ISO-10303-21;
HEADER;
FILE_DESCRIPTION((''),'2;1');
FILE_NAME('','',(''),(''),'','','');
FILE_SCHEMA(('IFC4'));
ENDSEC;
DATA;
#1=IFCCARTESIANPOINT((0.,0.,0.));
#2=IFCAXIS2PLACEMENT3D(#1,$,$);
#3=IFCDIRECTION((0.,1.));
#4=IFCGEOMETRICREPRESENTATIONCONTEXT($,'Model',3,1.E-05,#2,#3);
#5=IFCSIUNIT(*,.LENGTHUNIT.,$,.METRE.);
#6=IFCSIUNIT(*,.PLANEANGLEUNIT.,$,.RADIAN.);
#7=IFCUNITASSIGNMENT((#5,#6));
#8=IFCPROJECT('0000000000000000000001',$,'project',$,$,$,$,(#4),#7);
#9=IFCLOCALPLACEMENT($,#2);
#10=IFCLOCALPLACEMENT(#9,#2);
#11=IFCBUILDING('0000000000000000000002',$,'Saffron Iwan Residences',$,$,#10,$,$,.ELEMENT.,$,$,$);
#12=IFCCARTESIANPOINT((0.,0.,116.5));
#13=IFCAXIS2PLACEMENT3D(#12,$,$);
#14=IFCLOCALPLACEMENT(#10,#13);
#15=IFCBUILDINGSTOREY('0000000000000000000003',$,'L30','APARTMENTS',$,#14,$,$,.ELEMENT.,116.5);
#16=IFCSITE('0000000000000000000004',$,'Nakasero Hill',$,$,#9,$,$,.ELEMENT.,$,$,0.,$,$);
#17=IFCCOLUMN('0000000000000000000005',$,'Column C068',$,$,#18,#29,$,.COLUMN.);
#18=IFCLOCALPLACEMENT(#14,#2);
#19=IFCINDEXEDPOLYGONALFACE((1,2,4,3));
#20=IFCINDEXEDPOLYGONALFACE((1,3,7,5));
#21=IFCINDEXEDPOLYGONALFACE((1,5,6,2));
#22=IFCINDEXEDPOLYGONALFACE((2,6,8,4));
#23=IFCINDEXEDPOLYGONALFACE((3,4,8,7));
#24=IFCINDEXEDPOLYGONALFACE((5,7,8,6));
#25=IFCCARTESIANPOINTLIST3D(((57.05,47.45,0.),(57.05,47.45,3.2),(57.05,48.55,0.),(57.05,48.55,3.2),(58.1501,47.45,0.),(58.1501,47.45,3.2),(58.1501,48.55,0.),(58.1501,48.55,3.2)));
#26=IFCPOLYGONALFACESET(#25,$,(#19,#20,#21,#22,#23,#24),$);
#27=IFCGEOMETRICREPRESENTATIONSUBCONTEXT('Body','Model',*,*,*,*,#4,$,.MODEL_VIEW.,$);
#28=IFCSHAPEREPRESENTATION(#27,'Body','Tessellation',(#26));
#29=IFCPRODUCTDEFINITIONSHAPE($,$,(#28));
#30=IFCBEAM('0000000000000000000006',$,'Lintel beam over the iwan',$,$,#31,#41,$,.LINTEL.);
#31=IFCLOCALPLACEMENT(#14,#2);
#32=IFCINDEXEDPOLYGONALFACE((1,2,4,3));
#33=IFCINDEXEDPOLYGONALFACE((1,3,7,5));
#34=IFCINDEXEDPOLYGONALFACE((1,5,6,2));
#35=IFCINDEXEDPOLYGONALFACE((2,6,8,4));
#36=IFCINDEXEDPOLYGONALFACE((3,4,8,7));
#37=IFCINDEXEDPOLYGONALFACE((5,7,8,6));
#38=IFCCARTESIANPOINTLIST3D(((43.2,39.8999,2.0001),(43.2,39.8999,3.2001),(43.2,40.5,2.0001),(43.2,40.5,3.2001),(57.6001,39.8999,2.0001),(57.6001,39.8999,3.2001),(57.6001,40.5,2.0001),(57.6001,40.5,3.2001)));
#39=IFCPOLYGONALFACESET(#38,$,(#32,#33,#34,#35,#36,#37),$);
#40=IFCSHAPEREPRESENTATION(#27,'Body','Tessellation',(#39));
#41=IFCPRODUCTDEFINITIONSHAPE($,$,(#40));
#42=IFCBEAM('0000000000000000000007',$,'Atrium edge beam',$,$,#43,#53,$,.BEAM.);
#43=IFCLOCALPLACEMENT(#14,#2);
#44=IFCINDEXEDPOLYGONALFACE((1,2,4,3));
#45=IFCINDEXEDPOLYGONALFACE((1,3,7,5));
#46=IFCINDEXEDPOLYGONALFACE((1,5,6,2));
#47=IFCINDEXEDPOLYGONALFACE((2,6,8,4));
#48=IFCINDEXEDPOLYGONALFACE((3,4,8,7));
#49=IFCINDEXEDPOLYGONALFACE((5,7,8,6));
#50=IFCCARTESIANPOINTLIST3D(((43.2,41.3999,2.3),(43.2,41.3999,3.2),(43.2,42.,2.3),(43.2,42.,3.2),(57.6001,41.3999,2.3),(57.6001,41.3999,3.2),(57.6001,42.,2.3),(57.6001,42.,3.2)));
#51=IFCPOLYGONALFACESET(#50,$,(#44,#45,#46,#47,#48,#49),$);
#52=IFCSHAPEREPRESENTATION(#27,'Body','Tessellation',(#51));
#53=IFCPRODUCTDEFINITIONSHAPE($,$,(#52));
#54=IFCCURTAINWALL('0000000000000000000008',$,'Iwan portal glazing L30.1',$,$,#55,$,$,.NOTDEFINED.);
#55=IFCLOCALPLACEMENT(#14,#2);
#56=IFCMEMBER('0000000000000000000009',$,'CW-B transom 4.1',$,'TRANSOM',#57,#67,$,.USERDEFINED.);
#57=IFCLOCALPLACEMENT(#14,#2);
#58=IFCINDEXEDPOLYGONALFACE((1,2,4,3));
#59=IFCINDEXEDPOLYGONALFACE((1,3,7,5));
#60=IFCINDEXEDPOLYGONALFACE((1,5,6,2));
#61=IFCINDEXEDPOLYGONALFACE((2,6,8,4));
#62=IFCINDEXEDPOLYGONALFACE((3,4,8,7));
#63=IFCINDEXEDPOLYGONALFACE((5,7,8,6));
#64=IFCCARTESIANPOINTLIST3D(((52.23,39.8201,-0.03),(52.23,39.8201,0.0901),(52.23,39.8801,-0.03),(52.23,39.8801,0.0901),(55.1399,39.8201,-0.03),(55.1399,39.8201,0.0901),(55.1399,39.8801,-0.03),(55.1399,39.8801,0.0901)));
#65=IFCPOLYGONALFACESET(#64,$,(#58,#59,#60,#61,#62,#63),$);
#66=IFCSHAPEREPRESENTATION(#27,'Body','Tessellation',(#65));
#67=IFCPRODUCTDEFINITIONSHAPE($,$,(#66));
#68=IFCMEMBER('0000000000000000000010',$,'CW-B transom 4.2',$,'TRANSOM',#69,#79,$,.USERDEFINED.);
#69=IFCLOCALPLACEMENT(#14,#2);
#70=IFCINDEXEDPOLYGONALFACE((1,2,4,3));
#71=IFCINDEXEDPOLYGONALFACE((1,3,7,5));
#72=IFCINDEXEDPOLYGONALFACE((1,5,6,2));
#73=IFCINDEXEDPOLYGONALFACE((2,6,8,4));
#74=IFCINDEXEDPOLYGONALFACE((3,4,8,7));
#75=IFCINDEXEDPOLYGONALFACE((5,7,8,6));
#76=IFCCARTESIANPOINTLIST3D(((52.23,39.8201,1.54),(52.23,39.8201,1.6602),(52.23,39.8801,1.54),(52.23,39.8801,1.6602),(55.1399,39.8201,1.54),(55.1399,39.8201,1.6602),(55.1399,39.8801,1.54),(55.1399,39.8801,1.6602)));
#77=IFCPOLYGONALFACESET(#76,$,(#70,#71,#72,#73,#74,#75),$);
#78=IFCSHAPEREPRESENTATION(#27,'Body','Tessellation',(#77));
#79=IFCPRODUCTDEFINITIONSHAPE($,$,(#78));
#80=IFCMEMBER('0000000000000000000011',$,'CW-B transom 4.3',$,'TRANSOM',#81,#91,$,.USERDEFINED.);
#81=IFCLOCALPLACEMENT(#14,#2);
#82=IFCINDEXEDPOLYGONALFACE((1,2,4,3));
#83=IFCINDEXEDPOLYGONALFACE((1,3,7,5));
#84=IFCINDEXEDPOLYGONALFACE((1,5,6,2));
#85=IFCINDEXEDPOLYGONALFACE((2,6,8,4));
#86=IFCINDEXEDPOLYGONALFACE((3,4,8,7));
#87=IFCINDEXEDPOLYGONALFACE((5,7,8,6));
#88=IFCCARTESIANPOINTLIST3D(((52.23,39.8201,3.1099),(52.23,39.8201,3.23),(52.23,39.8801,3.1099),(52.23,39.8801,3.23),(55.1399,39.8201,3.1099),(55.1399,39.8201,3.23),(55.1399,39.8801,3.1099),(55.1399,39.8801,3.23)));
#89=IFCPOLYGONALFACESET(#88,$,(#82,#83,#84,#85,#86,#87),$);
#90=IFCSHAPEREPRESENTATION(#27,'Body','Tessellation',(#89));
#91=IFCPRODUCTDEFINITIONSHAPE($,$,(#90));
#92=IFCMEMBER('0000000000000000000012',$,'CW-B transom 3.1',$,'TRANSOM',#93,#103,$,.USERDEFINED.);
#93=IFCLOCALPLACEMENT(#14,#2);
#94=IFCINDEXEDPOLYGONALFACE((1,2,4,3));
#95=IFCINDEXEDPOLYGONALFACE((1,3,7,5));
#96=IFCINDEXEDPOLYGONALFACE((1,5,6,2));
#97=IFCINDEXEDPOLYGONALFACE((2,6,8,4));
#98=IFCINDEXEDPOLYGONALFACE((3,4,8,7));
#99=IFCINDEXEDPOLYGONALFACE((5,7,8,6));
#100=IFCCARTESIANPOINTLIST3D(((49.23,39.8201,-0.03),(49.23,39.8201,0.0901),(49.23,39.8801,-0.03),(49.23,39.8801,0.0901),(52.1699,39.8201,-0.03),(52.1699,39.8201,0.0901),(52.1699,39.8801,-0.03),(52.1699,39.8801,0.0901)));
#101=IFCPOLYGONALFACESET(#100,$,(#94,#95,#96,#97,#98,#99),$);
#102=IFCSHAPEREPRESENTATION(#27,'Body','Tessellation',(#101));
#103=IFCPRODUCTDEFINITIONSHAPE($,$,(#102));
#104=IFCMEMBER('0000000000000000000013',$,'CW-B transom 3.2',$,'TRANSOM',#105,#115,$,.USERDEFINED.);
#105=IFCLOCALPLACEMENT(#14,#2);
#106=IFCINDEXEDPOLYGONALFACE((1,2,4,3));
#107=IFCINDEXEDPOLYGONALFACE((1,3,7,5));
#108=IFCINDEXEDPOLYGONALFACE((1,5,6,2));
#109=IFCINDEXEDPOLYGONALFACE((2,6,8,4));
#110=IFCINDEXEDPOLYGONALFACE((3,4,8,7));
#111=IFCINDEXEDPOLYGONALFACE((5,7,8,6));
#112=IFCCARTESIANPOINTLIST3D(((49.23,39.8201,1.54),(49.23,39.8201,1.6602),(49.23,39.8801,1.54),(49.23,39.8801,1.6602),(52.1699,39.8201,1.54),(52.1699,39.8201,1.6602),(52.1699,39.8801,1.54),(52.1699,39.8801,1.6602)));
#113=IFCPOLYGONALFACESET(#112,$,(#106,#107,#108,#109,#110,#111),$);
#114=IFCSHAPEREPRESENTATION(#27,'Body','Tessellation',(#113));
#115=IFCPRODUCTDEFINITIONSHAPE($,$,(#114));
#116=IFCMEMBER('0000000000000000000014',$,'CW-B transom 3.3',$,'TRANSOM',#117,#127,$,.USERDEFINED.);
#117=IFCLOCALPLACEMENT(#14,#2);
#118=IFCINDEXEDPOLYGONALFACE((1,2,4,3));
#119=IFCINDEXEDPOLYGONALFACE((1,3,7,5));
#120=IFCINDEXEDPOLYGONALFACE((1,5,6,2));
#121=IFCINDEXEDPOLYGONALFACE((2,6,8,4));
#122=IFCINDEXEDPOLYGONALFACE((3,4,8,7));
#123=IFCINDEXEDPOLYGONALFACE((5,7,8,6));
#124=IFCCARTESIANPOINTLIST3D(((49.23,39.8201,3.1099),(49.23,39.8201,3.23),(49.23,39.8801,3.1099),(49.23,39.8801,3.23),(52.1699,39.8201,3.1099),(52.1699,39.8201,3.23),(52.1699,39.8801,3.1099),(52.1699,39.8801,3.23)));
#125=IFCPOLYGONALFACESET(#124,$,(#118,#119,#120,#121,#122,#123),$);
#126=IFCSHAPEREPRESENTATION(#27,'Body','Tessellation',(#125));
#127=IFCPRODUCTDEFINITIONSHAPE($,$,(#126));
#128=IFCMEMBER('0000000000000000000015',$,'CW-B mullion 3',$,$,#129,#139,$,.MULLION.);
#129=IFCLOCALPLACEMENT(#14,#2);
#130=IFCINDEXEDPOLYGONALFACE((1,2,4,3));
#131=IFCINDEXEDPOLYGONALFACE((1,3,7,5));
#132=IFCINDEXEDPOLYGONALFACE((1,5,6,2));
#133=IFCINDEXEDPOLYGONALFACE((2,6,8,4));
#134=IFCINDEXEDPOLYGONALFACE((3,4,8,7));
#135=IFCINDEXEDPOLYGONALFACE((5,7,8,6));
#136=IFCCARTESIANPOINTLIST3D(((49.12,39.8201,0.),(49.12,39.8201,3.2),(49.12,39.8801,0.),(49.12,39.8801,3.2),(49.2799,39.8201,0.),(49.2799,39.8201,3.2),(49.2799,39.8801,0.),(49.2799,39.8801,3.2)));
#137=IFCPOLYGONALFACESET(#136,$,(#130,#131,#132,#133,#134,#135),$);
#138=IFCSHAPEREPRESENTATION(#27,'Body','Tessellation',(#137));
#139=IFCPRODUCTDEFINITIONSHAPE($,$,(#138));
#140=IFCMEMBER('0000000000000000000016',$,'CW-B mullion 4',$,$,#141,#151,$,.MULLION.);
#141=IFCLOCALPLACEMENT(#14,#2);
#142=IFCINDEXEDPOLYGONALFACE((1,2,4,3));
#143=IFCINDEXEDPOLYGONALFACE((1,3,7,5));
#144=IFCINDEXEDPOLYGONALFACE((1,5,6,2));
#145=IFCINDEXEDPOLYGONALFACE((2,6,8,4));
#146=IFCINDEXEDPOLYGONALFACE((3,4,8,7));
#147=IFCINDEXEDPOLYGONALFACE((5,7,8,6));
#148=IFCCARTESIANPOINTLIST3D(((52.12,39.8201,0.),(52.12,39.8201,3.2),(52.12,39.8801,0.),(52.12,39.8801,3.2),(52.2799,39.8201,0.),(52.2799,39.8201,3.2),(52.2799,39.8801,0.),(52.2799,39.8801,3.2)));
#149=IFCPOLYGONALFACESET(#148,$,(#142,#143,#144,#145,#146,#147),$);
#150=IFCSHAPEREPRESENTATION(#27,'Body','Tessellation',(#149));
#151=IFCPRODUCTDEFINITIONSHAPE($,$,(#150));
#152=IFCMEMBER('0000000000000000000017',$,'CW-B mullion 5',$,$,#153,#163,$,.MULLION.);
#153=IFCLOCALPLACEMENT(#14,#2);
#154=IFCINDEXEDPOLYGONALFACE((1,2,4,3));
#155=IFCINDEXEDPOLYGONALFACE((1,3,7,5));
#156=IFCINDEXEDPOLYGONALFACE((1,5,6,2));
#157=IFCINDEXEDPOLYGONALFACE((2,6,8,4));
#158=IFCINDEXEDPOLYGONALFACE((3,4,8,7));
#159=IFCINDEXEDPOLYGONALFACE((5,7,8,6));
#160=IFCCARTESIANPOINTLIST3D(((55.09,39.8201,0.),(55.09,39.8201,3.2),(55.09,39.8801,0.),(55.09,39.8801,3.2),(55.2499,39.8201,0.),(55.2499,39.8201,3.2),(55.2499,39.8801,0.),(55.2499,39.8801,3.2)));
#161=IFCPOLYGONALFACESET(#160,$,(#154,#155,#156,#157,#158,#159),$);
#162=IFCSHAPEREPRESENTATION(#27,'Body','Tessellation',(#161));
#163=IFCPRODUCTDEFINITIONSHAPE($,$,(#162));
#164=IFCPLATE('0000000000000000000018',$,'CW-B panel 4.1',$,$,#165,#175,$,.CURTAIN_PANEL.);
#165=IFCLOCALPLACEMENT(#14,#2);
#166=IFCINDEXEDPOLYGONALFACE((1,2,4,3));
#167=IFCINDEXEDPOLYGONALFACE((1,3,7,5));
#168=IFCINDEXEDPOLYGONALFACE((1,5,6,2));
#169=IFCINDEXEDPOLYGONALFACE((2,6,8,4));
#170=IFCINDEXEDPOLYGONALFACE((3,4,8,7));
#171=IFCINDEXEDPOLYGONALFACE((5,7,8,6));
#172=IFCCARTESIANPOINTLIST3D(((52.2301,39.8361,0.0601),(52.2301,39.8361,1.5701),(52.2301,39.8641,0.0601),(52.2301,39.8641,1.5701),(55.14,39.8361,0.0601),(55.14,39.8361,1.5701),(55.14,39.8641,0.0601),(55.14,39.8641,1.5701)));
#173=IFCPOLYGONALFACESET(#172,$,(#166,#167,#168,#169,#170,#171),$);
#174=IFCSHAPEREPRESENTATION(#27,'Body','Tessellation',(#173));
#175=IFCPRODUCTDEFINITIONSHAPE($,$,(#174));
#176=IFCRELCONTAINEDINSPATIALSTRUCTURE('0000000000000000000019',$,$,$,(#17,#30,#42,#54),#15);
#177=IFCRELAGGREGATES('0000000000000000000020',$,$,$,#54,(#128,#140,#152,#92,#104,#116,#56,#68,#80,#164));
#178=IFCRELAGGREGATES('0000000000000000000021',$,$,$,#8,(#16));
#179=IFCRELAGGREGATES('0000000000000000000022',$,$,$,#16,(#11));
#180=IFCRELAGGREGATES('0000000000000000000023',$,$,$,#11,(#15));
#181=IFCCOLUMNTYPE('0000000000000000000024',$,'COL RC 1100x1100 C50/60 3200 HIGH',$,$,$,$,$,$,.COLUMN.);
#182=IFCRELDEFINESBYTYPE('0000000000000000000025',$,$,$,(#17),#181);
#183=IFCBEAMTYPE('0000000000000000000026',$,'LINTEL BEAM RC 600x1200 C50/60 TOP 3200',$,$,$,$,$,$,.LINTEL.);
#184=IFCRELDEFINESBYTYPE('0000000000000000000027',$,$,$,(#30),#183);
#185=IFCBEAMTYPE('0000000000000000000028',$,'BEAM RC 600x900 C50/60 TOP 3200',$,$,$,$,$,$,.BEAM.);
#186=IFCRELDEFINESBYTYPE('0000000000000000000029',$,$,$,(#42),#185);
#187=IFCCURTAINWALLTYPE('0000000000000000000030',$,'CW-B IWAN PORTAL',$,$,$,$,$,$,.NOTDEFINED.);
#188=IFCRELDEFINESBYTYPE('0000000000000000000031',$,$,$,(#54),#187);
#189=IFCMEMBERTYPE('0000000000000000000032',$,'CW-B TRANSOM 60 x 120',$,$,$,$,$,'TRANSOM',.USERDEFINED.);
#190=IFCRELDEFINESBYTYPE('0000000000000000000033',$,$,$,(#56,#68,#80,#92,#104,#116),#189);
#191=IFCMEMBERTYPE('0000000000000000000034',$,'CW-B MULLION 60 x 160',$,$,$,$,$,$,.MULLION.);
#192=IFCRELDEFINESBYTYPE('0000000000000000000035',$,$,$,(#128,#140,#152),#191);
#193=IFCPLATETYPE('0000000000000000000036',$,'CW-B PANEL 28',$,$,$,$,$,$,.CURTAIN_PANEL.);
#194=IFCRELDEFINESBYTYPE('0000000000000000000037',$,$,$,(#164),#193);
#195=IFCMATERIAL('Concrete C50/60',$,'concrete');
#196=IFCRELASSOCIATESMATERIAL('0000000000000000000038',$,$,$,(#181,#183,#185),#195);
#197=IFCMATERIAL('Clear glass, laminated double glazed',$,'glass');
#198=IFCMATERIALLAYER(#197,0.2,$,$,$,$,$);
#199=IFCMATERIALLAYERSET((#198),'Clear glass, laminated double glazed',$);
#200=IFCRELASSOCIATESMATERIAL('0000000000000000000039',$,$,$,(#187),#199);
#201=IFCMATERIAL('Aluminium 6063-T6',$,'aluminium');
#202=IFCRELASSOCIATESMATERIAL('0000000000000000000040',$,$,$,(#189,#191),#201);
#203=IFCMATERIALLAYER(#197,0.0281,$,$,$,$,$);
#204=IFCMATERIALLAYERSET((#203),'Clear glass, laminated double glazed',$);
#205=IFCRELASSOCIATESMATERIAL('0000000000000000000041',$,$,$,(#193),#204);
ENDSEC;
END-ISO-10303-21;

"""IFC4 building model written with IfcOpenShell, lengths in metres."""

from ifc_helpers import new_model, si_unit, direction, frame, origin, origin_2d, place, context, subcontext, project, spatial, rectangle, extrude, source, transform, mapped, material, layer, layer_set, material_profile, profile_set, type_object, element, aggregate, save


model = new_model("IFC4")

# Units and contexts
model_context = context("Model", 3, precision=1e-05, world=origin(), true_north=direction((0.0, 1.0)))
body_context = subcontext(model_context, "Body", "Model", "MODEL_VIEW")
ifc_project = project(units=[si_unit("LENGTHUNIT", "METRE"), si_unit("PLANEANGLEUNIT", "RADIAN")], contexts=[model_context])

# Site, building, storey
site_placement = place(None, origin())
site = spatial("IfcSite", under=ifc_project, at=site_placement, Name="Nakasero Hill", CompositionType="ELEMENT", RefElevation=0.0)
building_placement = place(site_placement, origin())
building = spatial("IfcBuilding", under=site, at=building_placement, Name="Saffron Iwan Residences", CompositionType="ELEMENT")
storey_placement = place(building_placement, frame((0.0, 0.0, 116.5)))
storey = spatial("IfcBuildingStorey", under=building, at=storey_placement, Name="L30", Description="APARTMENTS", CompositionType="ELEMENT", Elevation=116.5)

# Column
ifc_material_1 = material(Name="Concrete C50/60", Category="concrete")
ifc_material_profile_1 = material_profile(ifc_material_1, rectangle(XDim=1.1001, YDim=1.1001, at=origin_2d()), Name="RC 1100x1100")
ifc_profile_set_1 = profile_set([ifc_material_profile_1], Name="Concrete C50/60")
column_type = type_object("IfcColumnType", Name="COL RC 1100x1100 C50/60 3200 HIGH", PredefinedType="COLUMN", material=ifc_profile_set_1)
shared_shape_1 = source(origin(), body_context, "Body", "SweptSolid", [
    extrude(rectangle(XDim=1.1001, YDim=1.1001, at=origin_2d()), origin(), (0.0, 0.0, 1.0), 3.2),
])
column_placement = place(storey_placement, frame((57.6001, 48.0, 0.0), z_axis=(0.0, 0.0, 1.0), x_axis=(1.0, 0.0, 0.0)))
element("IfcColumn", 1, at=column_placement, inside=storey, type_object=column_type, Name="Column C068", PredefinedType="COLUMN", context=body_context, shape_type="MappedRepresentation", body=[
    mapped(shared_shape_1, transform((0.0, 0.0, 0.0))),
])

# Beams
ifc_material_profile_2 = material_profile(ifc_material_1, rectangle(XDim=0.6001, YDim=1.2, at=origin_2d()), Name="RC 600x1200")
ifc_profile_set_2 = profile_set([ifc_material_profile_2], Name="Concrete C50/60")
beam_type_1 = type_object("IfcBeamType", Name="LINTEL BEAM RC 600x1200 C50/60 TOP 3200", PredefinedType="LINTEL", material=ifc_profile_set_2)
shared_shape_2 = source(origin(), body_context, "Body", "SweptSolid", [
    extrude(rectangle(XDim=0.6001, YDim=1.2, at=origin_2d()), origin(), (0.0, 0.0, 1.0), 14.4001),
])
beam_1_placement = place(storey_placement, frame((57.6001, 40.2, 2.6001), z_axis=(-1.0, 0.0, 0.0), x_axis=(0.0, -1.0, 0.0)))
element("IfcBeam", 2, at=beam_1_placement, inside=storey, type_object=beam_type_1, Name="Lintel beam over the iwan", PredefinedType="LINTEL", context=body_context, shape_type="MappedRepresentation", body=[
    mapped(shared_shape_2, transform((0.0, 0.0, 0.0))),
])
ifc_material_profile_3 = material_profile(ifc_material_1, rectangle(XDim=0.6001, YDim=0.8999, at=origin_2d()), Name="RC 600x900")
ifc_profile_set_3 = profile_set([ifc_material_profile_3], Name="Concrete C50/60")
beam_type_2 = type_object("IfcBeamType", Name="BEAM RC 600x900 C50/60 TOP 3200", PredefinedType="BEAM", material=ifc_profile_set_3)
shared_shape_3 = source(origin(), body_context, "Body", "SweptSolid", [
    extrude(rectangle(XDim=0.6001, YDim=0.8999, at=origin_2d()), origin(), (0.0, 0.0, 1.0), 14.4001),
])
beam_2_placement = place(storey_placement, frame((57.6001, 41.7, 2.75), z_axis=(-1.0, 0.0, 0.0), x_axis=(0.0, -1.0, 0.0)))
element("IfcBeam", 3, at=beam_2_placement, inside=storey, type_object=beam_type_2, Name="Atrium edge beam", PredefinedType="BEAM", context=body_context, shape_type="MappedRepresentation", body=[
    mapped(shared_shape_3, transform((0.0, 0.0, 0.0))),
])

# Curtain wall, members, plate
ifc_material_2 = material(Name="Clear glass, laminated double glazed", Category="glass")
ifc_layer_1 = layer(ifc_material_2, 0.2)
ifc_layer_set_1 = layer_set([ifc_layer_1], Name="Clear glass, laminated double glazed")
curtain_wall_type = type_object("IfcCurtainWallType", Name="CW-B IWAN PORTAL", PredefinedType="NOTDEFINED", material=ifc_layer_set_1)
curtain_wall_placement = place(storey_placement, origin())
curtain_wall = element("IfcCurtainWall", 4, at=curtain_wall_placement, inside=storey, type_object=curtain_wall_type, Name="Iwan portal glazing L30.1", PredefinedType="NOTDEFINED")
ifc_material_3 = material(Name="Aluminium 6063-T6", Category="aluminium")
ifc_material_profile_4 = material_profile(ifc_material_3, rectangle(XDim=0.0601, YDim=0.1201, at=origin_2d()), Name="CW-B TRANSOM 60 x 120")
ifc_profile_set_4 = profile_set([ifc_material_profile_4], Name="Aluminium 6063-T6")
member_type_1 = type_object("IfcMemberType", Name="CW-B TRANSOM 60 x 120", ElementType="TRANSOM", PredefinedType="USERDEFINED", material=ifc_profile_set_4)
shared_shape_4 = source(origin(), body_context, "Body", "SweptSolid", [
    extrude(rectangle(XDim=0.0601, YDim=0.1201, at=origin_2d()), origin(), (0.0, 0.0, 1.0), 2.9099),
])
member_1_placement = place(storey_placement, frame((52.23, 39.8501, 0.03), z_axis=(1.0, 0.0, 0.0), x_axis=(0.0, 1.0, 0.0)))
member_1 = element("IfcMember", 5, at=member_1_placement, type_object=member_type_1, Name="CW-B transom 4.1", ObjectType="TRANSOM", PredefinedType="USERDEFINED", context=body_context, shape_type="MappedRepresentation", body=[
    mapped(shared_shape_4, transform((0.0, 0.0, 0.0))),
])
member_2_placement = place(storey_placement, frame((52.23, 39.8501, 1.6001), z_axis=(1.0, 0.0, 0.0), x_axis=(0.0, 1.0, 0.0)))
member_2 = element("IfcMember", 6, at=member_2_placement, type_object=member_type_1, Name="CW-B transom 4.2", ObjectType="TRANSOM", PredefinedType="USERDEFINED", context=body_context, shape_type="MappedRepresentation", body=[
    mapped(shared_shape_4, transform((0.0, 0.0, 0.0))),
])
member_3_placement = place(storey_placement, frame((52.23, 39.8501, 3.1699), z_axis=(1.0, 0.0, 0.0), x_axis=(0.0, 1.0, 0.0)))
member_3 = element("IfcMember", 7, at=member_3_placement, type_object=member_type_1, Name="CW-B transom 4.3", ObjectType="TRANSOM", PredefinedType="USERDEFINED", context=body_context, shape_type="MappedRepresentation", body=[
    mapped(shared_shape_4, transform((0.0, 0.0, 0.0))),
])
shared_shape_5 = source(origin(), body_context, "Body", "SweptSolid", [
    extrude(rectangle(XDim=0.0601, YDim=0.1201, at=origin_2d()), origin(), (0.0, 0.0, 1.0), 2.9399),
])
member_4_placement = place(storey_placement, frame((49.23, 39.8501, 0.03), z_axis=(1.0, 0.0, 0.0), x_axis=(0.0, 1.0, 0.0)))
member_4 = element("IfcMember", 8, at=member_4_placement, type_object=member_type_1, Name="CW-B transom 3.1", ObjectType="TRANSOM", PredefinedType="USERDEFINED", context=body_context, shape_type="MappedRepresentation", body=[
    mapped(shared_shape_5, transform((0.0, 0.0, 0.0))),
])
member_5_placement = place(storey_placement, frame((49.23, 39.8501, 1.6001), z_axis=(1.0, 0.0, 0.0), x_axis=(0.0, 1.0, 0.0)))
member_5 = element("IfcMember", 9, at=member_5_placement, type_object=member_type_1, Name="CW-B transom 3.2", ObjectType="TRANSOM", PredefinedType="USERDEFINED", context=body_context, shape_type="MappedRepresentation", body=[
    mapped(shared_shape_5, transform((0.0, 0.0, 0.0))),
])
member_6_placement = place(storey_placement, frame((49.23, 39.8501, 3.1699), z_axis=(1.0, 0.0, 0.0), x_axis=(0.0, 1.0, 0.0)))
member_6 = element("IfcMember", 10, at=member_6_placement, type_object=member_type_1, Name="CW-B transom 3.3", ObjectType="TRANSOM", PredefinedType="USERDEFINED", context=body_context, shape_type="MappedRepresentation", body=[
    mapped(shared_shape_5, transform((0.0, 0.0, 0.0))),
])
ifc_material_profile_5 = material_profile(ifc_material_3, rectangle(XDim=0.0601, YDim=0.1599, at=origin_2d()), Name="CW-B MULLION 60 x 160")
ifc_profile_set_5 = profile_set([ifc_material_profile_5], Name="Aluminium 6063-T6")
member_type_2 = type_object("IfcMemberType", Name="CW-B MULLION 60 x 160", PredefinedType="MULLION", material=ifc_profile_set_5)
shared_shape_6 = source(origin(), body_context, "Body", "SweptSolid", [
    extrude(rectangle(XDim=0.0601, YDim=0.1599, at=origin_2d()), origin(), (0.0, 0.0, 1.0), 3.2),
])
member_7_placement = place(storey_placement, frame((49.2, 39.8501, 0.0), z_axis=(0.0, 0.0, 1.0), x_axis=(0.0, 1.0, 0.0)))
member_7 = element("IfcMember", 11, at=member_7_placement, type_object=member_type_2, Name="CW-B mullion 3", PredefinedType="MULLION", context=body_context, shape_type="MappedRepresentation", body=[
    mapped(shared_shape_6, transform((0.0, 0.0, 0.0))),
])
member_8_placement = place(storey_placement, frame((52.2, 39.8501, 0.0), z_axis=(0.0, 0.0, 1.0), x_axis=(0.0, 1.0, 0.0)))
member_8 = element("IfcMember", 12, at=member_8_placement, type_object=member_type_2, Name="CW-B mullion 4", PredefinedType="MULLION", context=body_context, shape_type="MappedRepresentation", body=[
    mapped(shared_shape_6, transform((0.0, 0.0, 0.0))),
])
member_9_placement = place(storey_placement, frame((55.1699, 39.8501, 0.0), z_axis=(0.0, 0.0, 1.0), x_axis=(0.0, 1.0, 0.0)))
member_9 = element("IfcMember", 13, at=member_9_placement, type_object=member_type_2, Name="CW-B mullion 5", PredefinedType="MULLION", context=body_context, shape_type="MappedRepresentation", body=[
    mapped(shared_shape_6, transform((0.0, 0.0, 0.0))),
])
ifc_layer_2 = layer(ifc_material_2, 0.0281)
ifc_layer_set_2 = layer_set([ifc_layer_2], Name="Clear glass, laminated double glazed")
plate_type = type_object("IfcPlateType", Name="CW-B PANEL 28", PredefinedType="CURTAIN_PANEL", material=ifc_layer_set_2)
shared_shape_7 = source(origin(), body_context, "Body", "SweptSolid", [
    extrude(rectangle(XDim=2.9099, YDim=0.0281, at=origin_2d()), origin(), (0.0, 0.0, 1.0), 1.51),
])
plate_1_placement = place(storey_placement, frame((53.6851, 39.8501, 0.0601), z_axis=(0.0, 0.0, 1.0), x_axis=(1.0, 0.0, 0.0)))
plate_1 = element("IfcPlate", 14, at=plate_1_placement, type_object=plate_type, Name="CW-B panel 4.1", PredefinedType="CURTAIN_PANEL", context=body_context, shape_type="MappedRepresentation", body=[
    mapped(shared_shape_7, transform((0.0, 0.0, 0.0))),
])
aggregate(curtain_wall, [member_7, member_8, member_9, member_4, member_5, member_6, member_1, member_2, member_3, plate_1])

save(model, "model.ifc")
